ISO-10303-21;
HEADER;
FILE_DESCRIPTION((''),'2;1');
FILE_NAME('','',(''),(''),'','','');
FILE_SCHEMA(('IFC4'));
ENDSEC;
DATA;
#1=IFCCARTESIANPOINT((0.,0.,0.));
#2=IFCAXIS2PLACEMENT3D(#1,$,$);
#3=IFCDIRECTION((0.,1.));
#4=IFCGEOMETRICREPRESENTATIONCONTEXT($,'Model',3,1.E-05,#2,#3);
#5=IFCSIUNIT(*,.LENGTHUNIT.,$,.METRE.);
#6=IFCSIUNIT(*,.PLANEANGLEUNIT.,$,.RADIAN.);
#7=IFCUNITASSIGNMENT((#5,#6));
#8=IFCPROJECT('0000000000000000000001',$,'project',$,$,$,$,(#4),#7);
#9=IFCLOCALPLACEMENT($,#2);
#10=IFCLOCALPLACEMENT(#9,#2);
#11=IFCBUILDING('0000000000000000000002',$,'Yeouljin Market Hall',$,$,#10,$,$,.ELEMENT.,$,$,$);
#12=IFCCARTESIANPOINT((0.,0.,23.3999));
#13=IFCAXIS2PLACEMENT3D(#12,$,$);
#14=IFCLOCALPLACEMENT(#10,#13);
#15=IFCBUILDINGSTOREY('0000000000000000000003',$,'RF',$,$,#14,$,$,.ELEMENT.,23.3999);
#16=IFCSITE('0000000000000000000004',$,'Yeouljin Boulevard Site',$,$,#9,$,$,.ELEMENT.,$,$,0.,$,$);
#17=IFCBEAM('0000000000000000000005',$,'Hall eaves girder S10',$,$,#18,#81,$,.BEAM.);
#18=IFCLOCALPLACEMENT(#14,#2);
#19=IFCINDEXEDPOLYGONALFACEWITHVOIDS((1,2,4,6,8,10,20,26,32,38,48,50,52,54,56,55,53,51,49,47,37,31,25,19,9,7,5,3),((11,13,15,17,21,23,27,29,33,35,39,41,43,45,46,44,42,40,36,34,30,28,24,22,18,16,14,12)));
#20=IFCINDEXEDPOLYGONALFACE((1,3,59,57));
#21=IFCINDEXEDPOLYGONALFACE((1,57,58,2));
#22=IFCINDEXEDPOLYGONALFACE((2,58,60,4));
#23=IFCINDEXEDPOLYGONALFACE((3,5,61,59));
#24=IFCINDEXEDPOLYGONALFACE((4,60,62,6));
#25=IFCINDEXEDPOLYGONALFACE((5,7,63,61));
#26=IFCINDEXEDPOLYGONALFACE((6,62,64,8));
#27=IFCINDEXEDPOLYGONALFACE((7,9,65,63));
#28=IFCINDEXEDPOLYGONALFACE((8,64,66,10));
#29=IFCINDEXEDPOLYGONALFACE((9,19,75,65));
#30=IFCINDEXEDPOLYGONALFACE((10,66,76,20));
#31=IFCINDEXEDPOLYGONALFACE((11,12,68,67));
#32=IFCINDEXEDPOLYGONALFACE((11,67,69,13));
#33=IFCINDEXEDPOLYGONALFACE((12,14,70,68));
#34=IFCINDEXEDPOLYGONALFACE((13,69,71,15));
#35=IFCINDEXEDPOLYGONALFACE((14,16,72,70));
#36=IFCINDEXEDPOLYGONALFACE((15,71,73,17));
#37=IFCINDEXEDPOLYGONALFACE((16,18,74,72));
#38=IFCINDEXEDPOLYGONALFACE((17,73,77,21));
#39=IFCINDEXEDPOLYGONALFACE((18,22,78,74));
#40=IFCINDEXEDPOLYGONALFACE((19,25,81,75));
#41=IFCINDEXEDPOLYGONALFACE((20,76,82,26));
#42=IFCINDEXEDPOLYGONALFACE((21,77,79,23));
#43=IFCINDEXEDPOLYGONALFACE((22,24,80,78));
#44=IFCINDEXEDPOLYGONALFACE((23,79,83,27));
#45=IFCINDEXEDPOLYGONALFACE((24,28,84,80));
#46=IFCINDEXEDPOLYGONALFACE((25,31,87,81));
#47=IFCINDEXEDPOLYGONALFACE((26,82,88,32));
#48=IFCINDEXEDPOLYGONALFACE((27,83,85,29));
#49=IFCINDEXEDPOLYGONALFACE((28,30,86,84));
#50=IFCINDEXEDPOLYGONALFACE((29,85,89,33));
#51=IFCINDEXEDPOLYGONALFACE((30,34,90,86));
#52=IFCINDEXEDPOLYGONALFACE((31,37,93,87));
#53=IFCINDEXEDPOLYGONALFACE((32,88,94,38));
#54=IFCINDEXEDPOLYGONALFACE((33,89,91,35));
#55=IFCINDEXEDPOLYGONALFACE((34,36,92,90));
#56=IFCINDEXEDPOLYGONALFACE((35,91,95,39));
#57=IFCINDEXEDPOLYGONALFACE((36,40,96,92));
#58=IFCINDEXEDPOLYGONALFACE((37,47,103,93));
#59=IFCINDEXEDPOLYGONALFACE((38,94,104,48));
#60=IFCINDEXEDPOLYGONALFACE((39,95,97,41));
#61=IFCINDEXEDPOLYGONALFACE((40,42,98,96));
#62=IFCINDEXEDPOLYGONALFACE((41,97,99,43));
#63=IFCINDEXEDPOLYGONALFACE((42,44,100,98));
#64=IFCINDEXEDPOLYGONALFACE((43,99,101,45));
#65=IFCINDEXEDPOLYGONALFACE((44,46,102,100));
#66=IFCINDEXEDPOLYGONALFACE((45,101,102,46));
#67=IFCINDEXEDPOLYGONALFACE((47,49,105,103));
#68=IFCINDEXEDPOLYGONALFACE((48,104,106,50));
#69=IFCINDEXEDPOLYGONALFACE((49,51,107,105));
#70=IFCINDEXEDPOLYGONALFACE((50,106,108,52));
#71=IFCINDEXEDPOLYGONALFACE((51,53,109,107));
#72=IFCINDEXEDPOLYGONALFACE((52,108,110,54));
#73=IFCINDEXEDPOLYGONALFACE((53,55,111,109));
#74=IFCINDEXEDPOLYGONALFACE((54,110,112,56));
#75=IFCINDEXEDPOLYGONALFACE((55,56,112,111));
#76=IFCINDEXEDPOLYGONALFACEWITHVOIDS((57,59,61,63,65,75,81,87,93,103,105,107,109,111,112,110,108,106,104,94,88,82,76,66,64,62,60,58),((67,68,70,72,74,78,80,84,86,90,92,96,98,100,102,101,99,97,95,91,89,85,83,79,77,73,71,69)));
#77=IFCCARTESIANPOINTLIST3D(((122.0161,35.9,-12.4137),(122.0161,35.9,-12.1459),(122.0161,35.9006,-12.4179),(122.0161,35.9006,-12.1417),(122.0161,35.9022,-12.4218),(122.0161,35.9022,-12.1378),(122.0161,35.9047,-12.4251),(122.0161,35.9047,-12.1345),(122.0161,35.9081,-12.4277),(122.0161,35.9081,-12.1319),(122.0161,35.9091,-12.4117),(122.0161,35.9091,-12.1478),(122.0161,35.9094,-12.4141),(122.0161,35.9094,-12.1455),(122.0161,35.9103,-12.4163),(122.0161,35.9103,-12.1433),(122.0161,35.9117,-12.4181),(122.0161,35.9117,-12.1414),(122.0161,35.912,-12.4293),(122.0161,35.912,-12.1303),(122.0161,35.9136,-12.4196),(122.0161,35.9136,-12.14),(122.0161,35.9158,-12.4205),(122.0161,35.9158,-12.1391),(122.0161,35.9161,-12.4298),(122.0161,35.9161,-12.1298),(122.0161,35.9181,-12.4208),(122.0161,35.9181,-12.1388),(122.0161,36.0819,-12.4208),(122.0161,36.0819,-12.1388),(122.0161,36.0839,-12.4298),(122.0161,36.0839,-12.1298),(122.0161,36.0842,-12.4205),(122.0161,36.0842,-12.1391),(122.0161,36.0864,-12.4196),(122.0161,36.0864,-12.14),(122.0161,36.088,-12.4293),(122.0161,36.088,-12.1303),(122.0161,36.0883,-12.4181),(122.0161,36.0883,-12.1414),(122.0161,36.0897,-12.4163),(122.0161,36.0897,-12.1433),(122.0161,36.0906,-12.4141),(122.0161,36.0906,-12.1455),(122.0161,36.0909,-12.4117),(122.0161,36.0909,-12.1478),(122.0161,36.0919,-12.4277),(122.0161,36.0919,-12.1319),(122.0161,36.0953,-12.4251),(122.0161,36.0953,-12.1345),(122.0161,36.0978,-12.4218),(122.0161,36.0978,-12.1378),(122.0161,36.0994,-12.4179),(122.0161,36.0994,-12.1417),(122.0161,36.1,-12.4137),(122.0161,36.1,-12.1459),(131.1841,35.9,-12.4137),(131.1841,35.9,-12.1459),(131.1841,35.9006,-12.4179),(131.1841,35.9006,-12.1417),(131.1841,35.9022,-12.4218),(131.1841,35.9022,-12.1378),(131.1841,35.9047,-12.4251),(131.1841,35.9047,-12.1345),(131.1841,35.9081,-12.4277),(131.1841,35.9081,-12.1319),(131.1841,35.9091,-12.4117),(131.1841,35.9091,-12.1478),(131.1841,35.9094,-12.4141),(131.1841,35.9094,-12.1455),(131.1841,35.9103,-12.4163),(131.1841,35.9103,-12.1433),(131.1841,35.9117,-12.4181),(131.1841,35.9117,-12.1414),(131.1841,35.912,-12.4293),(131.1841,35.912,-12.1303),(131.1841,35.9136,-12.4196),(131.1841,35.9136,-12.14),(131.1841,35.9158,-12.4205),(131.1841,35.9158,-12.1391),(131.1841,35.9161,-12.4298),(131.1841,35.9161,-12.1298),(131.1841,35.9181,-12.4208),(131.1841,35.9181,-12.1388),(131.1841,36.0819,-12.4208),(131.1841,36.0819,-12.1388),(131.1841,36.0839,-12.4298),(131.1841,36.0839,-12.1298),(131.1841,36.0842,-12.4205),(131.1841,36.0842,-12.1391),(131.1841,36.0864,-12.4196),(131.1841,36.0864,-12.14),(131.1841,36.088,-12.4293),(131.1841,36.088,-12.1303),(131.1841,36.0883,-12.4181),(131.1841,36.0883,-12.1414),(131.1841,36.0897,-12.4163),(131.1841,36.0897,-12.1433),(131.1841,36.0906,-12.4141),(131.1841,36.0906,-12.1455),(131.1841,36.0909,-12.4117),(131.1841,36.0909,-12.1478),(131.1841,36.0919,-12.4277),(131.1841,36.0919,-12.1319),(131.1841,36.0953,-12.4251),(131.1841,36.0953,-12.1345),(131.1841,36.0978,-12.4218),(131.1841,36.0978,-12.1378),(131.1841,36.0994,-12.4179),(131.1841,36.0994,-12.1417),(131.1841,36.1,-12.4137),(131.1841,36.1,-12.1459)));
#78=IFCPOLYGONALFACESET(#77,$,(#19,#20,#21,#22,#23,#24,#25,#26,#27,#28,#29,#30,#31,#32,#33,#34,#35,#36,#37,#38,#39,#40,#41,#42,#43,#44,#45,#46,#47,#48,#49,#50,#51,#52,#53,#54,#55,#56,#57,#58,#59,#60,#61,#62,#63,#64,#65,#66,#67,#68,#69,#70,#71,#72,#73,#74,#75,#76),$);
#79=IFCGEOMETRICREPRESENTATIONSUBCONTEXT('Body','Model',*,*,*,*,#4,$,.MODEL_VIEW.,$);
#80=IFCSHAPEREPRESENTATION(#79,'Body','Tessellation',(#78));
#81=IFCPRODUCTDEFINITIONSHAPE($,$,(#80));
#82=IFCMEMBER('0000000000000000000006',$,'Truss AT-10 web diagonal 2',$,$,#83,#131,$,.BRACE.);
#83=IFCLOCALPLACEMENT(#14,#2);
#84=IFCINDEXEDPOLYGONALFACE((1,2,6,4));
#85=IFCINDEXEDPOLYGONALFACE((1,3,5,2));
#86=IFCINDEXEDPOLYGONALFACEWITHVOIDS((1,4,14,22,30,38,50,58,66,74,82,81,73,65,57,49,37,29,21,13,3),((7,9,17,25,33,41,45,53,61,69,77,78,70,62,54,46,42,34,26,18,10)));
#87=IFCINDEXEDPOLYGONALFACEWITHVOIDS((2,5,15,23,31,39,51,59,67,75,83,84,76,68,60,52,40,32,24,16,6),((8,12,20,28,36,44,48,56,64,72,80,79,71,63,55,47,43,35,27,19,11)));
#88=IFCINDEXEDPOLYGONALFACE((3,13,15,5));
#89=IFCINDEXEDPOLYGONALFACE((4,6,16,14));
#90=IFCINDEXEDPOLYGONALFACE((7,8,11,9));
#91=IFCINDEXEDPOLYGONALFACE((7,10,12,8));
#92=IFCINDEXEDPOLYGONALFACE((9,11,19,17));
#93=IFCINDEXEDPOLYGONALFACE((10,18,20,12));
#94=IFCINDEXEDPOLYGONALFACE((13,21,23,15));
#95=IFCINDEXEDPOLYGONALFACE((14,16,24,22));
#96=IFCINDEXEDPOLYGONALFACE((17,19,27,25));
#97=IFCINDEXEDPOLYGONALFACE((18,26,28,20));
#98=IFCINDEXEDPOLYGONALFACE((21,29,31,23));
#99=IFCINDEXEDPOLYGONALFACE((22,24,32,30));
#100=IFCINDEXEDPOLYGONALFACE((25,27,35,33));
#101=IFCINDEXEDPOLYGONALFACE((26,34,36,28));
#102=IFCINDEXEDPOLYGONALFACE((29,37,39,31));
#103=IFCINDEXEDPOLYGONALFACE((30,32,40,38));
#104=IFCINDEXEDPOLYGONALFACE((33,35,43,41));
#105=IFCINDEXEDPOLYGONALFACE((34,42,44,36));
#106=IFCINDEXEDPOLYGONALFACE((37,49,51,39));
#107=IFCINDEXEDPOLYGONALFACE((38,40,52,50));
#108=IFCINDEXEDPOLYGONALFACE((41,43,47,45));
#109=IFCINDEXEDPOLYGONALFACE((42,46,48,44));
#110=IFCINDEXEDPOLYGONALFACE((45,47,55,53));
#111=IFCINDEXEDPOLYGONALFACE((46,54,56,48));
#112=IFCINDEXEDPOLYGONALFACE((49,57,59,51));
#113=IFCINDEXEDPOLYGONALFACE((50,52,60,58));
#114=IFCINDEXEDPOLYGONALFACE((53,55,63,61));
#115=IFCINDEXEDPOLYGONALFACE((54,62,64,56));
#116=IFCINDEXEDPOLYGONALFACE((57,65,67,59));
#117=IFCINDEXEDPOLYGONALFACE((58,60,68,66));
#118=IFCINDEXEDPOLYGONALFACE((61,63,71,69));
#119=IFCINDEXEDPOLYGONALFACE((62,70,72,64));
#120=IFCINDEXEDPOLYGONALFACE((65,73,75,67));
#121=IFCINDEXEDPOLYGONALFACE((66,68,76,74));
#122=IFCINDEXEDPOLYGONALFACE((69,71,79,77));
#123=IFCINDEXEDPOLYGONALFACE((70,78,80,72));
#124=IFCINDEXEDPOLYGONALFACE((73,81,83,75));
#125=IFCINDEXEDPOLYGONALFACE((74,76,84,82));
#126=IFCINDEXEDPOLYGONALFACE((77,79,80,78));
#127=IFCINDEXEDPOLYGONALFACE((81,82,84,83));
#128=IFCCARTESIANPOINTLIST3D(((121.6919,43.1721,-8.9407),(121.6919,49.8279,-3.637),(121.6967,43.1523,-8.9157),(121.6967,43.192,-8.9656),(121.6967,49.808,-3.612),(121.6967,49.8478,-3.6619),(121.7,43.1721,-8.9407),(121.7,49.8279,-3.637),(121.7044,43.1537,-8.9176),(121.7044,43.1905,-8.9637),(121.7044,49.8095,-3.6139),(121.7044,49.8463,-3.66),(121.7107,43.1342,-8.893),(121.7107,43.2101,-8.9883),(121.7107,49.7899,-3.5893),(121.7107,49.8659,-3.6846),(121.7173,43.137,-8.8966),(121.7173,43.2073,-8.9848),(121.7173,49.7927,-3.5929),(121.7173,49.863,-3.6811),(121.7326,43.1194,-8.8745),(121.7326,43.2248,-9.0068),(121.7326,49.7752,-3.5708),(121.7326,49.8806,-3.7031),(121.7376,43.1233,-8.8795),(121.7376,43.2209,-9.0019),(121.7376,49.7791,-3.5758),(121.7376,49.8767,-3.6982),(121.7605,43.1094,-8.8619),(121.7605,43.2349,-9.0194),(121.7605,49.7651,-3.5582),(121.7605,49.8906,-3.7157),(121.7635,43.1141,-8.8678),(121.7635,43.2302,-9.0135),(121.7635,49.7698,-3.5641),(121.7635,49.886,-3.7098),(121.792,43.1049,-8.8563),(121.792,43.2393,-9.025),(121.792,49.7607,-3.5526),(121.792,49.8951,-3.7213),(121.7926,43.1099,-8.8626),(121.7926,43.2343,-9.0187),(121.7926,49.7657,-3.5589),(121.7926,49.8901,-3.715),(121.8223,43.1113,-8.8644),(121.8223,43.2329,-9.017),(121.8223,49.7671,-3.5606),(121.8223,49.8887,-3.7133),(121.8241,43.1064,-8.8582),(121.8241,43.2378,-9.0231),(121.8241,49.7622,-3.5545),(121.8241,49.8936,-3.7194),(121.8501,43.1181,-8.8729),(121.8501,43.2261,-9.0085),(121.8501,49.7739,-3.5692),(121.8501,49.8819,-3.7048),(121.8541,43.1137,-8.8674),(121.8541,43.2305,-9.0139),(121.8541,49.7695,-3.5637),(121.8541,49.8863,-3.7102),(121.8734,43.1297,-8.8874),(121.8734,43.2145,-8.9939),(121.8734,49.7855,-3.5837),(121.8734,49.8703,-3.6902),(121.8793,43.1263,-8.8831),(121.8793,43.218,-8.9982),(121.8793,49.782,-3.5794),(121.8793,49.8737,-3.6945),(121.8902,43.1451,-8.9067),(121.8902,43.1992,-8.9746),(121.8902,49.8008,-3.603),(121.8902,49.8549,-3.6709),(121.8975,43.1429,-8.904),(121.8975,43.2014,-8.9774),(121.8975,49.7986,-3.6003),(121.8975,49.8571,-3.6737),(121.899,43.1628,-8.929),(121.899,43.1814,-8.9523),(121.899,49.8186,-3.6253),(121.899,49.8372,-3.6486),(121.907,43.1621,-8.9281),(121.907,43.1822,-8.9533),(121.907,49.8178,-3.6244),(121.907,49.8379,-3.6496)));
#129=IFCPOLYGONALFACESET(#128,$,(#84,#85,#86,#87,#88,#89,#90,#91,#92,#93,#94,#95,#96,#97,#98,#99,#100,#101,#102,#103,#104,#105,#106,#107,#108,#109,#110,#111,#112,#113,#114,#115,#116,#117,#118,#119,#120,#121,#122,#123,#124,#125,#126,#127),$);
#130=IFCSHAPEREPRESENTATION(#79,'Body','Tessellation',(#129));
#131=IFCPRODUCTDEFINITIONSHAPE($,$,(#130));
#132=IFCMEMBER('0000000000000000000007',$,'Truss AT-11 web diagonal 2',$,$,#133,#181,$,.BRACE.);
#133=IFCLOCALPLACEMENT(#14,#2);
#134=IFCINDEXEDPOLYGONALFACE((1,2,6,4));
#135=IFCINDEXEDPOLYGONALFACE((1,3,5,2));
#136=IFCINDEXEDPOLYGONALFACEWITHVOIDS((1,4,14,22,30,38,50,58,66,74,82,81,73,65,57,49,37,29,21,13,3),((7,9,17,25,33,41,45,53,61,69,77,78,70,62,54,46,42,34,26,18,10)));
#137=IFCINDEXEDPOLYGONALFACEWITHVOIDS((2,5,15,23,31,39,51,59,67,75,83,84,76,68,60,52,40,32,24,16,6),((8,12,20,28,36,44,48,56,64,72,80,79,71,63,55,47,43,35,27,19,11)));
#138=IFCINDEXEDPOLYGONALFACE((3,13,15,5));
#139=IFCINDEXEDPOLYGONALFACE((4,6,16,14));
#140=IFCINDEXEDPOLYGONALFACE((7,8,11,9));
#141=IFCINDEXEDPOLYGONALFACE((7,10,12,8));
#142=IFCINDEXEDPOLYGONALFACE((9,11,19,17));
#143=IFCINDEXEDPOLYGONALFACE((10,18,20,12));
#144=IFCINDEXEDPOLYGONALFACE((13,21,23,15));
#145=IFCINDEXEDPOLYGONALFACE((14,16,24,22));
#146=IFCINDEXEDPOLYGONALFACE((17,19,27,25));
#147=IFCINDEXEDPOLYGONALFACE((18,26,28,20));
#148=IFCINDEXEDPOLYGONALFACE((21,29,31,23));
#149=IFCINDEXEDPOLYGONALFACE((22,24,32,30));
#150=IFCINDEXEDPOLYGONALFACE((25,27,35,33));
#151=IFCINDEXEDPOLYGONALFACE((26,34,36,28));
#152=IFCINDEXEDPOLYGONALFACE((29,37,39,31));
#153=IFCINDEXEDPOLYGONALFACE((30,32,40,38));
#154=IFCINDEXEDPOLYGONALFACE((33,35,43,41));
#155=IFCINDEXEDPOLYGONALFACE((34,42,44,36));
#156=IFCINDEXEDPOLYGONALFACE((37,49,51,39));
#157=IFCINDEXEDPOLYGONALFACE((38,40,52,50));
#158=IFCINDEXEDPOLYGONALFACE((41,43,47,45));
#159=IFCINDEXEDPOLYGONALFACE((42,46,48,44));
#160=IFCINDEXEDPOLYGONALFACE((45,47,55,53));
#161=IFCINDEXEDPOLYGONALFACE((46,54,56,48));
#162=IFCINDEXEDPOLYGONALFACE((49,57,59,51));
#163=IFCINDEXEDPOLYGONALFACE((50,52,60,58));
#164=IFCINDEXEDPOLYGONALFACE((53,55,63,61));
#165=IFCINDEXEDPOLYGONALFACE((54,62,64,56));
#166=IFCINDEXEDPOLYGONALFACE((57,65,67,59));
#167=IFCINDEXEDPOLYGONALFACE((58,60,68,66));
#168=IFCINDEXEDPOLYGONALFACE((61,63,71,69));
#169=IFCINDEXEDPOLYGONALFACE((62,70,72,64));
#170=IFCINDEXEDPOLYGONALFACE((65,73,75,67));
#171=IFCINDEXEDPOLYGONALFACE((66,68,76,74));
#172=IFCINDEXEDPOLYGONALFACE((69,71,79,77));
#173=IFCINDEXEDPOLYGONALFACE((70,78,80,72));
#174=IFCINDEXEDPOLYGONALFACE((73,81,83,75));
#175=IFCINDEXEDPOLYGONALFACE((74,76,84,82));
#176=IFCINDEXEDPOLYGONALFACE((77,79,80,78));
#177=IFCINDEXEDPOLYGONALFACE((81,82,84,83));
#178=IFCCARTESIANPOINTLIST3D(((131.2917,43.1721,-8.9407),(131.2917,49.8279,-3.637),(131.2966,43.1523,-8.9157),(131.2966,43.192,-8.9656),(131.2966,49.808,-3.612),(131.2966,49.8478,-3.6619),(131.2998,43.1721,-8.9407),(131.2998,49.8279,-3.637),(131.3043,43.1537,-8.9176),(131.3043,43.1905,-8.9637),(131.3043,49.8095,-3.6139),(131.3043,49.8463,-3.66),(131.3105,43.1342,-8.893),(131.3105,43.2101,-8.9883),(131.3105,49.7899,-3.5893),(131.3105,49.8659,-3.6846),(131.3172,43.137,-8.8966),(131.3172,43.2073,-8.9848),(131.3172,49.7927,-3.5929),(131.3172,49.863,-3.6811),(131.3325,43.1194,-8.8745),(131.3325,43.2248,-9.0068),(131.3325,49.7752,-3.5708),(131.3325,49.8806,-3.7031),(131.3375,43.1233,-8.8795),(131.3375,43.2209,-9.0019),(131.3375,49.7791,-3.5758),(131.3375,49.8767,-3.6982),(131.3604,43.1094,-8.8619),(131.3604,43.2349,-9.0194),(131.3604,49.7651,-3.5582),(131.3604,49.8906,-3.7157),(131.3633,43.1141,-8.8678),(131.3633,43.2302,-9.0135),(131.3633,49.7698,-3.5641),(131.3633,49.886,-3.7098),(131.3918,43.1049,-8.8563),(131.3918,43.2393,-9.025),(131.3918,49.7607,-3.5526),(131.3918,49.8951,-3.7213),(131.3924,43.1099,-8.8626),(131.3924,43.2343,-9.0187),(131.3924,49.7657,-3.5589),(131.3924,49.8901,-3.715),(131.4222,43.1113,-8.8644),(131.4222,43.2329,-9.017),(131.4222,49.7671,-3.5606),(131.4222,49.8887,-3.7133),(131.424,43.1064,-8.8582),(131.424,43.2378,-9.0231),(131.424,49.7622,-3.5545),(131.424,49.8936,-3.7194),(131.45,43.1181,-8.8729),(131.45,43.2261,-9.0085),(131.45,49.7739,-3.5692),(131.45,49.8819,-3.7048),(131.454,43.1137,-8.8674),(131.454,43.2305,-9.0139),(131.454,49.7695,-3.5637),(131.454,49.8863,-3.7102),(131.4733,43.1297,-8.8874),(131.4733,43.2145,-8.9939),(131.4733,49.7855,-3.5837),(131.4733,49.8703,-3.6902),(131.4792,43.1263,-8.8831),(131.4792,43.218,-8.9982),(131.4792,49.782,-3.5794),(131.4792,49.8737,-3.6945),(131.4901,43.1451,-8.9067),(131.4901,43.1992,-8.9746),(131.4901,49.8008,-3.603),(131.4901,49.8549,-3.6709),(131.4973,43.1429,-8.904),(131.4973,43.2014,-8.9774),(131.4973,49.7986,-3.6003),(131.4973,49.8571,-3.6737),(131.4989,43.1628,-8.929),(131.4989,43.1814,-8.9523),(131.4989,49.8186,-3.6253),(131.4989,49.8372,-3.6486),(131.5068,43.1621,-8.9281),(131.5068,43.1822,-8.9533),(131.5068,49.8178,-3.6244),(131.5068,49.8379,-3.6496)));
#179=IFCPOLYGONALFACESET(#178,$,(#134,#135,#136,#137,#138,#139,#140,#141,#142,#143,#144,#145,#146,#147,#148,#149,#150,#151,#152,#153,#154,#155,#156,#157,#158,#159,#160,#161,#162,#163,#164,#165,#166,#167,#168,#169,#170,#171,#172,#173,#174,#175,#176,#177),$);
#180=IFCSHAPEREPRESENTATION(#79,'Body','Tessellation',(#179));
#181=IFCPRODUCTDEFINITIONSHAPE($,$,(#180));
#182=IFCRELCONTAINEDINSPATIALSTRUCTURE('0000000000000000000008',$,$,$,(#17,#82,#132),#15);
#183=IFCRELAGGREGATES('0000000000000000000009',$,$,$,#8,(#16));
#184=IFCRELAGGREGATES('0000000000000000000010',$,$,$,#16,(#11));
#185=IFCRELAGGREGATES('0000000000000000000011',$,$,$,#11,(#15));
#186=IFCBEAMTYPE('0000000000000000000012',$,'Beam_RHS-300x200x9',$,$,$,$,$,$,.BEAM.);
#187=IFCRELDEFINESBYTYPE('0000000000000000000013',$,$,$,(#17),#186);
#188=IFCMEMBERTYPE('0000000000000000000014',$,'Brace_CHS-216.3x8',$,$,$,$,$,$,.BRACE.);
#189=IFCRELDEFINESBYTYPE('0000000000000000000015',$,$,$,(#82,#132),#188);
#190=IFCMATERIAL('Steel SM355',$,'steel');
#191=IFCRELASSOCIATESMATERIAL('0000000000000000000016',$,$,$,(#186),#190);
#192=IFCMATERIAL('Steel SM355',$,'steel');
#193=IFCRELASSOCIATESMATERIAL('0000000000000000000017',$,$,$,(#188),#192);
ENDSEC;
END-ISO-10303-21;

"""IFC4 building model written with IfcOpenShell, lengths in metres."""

from ifc_helpers import new_model, si_unit, direction, frame, origin, origin_2d, place, context, subcontext, project, spatial, hollow_rectangle, hollow_circle, extrude, material, material_profile, profile_set, type_object, element, save


model = new_model("IFC4")

# Units and contexts
model_context = context("Model", 3, precision=1e-05, world=origin(), true_north=direction((0.0, 1.0)))
body_context = subcontext(model_context, "Body", "Model", "MODEL_VIEW")
ifc_project = project(units=[si_unit("LENGTHUNIT", "METRE"), si_unit("PLANEANGLEUNIT", "RADIAN")], contexts=[model_context])

# Site, building, storey
site_placement = place(None, origin())
site = spatial("IfcSite", under=ifc_project, at=site_placement, Name="Yeouljin Boulevard Site", CompositionType="ELEMENT", RefElevation=0.0)
building_placement = place(site_placement, origin())
building = spatial("IfcBuilding", under=site, at=building_placement, Name="Yeouljin Market Hall", CompositionType="ELEMENT")
storey_placement = place(building_placement, frame((0.0, 0.0, 23.3999)))
storey = spatial("IfcBuildingStorey", under=building, at=storey_placement, Name="RF", CompositionType="ELEMENT", Elevation=23.3999)

# Beam
ifc_material_1 = material(Name="Steel SM355", Category="steel")
ifc_material_profile_1 = material_profile(ifc_material_1, hollow_rectangle(XDim=0.2, YDim=0.3, WallThickness=0.009, InnerFilletRadius=0.009, OuterFilletRadius=0.0161, at=origin_2d()), Name="RHS-300x200x9")
ifc_profile_set_1 = profile_set([ifc_material_profile_1], Name="Steel SM355")
beam_type_1 = type_object("IfcBeamType", Name="Beam_RHS-300x200x9", PredefinedType="BEAM", material=ifc_profile_set_1)
beam_1_placement = place(storey_placement, frame((122.0161, 36.0, -12.2798), z_axis=(1.0, 0.0, 0.0), x_axis=(0.0, 1.0, 0.0)))
element("IfcBeam", 1, at=beam_1_placement, inside=storey, type_object=beam_type_1, Name="Hall eaves girder S10", PredefinedType="BEAM", context=body_context, shape_type="SweptSolid", body=[
    extrude(hollow_rectangle(XDim=0.2, YDim=0.3, WallThickness=0.009, InnerFilletRadius=0.009, OuterFilletRadius=0.0161, at=origin_2d()), origin(), (0.0, 0.0, 1.0), 9.168),
])

# Members
ifc_material_2 = material(Name="Steel SM355", Category="steel")
ifc_material_profile_2 = material_profile(ifc_material_2, hollow_circle(Radius=0.1082, WallThickness=0.0081, at=origin_2d()), Name="CHS-216.3x8")
ifc_profile_set_2 = profile_set([ifc_material_profile_2], Name="Steel SM355")
member_type_1 = type_object("IfcMemberType", Name="Brace_CHS-216.3x8", PredefinedType="BRACE", material=ifc_profile_set_2)
for number, where, z_axis, x_axis, name in (
    (2, (121.8, 43.1721, -8.9407), (0.0, 0.782065, 0.623197), (-1.0, 0.0, 0.0), "Truss AT-10 web diagonal 2"),
    (3, (131.3999, 43.1721, -8.9407), (0.0, 0.782065, 0.623197), (-1.0, 0.0, 0.0), "Truss AT-11 web diagonal 2"),
):
    element("IfcMember", number, at=place(storey_placement, frame(where, z_axis=z_axis, x_axis=x_axis)), inside=storey, type_object=member_type_1, Name=name, PredefinedType="BRACE", context=body_context, shape_type="SweptSolid", body=[
        extrude(hollow_circle(Radius=0.1082, WallThickness=0.0081, at=origin_2d()), origin(), (0.0, 0.0, 1.0), 8.5105),
    ])

save(model, "model.ifc")
